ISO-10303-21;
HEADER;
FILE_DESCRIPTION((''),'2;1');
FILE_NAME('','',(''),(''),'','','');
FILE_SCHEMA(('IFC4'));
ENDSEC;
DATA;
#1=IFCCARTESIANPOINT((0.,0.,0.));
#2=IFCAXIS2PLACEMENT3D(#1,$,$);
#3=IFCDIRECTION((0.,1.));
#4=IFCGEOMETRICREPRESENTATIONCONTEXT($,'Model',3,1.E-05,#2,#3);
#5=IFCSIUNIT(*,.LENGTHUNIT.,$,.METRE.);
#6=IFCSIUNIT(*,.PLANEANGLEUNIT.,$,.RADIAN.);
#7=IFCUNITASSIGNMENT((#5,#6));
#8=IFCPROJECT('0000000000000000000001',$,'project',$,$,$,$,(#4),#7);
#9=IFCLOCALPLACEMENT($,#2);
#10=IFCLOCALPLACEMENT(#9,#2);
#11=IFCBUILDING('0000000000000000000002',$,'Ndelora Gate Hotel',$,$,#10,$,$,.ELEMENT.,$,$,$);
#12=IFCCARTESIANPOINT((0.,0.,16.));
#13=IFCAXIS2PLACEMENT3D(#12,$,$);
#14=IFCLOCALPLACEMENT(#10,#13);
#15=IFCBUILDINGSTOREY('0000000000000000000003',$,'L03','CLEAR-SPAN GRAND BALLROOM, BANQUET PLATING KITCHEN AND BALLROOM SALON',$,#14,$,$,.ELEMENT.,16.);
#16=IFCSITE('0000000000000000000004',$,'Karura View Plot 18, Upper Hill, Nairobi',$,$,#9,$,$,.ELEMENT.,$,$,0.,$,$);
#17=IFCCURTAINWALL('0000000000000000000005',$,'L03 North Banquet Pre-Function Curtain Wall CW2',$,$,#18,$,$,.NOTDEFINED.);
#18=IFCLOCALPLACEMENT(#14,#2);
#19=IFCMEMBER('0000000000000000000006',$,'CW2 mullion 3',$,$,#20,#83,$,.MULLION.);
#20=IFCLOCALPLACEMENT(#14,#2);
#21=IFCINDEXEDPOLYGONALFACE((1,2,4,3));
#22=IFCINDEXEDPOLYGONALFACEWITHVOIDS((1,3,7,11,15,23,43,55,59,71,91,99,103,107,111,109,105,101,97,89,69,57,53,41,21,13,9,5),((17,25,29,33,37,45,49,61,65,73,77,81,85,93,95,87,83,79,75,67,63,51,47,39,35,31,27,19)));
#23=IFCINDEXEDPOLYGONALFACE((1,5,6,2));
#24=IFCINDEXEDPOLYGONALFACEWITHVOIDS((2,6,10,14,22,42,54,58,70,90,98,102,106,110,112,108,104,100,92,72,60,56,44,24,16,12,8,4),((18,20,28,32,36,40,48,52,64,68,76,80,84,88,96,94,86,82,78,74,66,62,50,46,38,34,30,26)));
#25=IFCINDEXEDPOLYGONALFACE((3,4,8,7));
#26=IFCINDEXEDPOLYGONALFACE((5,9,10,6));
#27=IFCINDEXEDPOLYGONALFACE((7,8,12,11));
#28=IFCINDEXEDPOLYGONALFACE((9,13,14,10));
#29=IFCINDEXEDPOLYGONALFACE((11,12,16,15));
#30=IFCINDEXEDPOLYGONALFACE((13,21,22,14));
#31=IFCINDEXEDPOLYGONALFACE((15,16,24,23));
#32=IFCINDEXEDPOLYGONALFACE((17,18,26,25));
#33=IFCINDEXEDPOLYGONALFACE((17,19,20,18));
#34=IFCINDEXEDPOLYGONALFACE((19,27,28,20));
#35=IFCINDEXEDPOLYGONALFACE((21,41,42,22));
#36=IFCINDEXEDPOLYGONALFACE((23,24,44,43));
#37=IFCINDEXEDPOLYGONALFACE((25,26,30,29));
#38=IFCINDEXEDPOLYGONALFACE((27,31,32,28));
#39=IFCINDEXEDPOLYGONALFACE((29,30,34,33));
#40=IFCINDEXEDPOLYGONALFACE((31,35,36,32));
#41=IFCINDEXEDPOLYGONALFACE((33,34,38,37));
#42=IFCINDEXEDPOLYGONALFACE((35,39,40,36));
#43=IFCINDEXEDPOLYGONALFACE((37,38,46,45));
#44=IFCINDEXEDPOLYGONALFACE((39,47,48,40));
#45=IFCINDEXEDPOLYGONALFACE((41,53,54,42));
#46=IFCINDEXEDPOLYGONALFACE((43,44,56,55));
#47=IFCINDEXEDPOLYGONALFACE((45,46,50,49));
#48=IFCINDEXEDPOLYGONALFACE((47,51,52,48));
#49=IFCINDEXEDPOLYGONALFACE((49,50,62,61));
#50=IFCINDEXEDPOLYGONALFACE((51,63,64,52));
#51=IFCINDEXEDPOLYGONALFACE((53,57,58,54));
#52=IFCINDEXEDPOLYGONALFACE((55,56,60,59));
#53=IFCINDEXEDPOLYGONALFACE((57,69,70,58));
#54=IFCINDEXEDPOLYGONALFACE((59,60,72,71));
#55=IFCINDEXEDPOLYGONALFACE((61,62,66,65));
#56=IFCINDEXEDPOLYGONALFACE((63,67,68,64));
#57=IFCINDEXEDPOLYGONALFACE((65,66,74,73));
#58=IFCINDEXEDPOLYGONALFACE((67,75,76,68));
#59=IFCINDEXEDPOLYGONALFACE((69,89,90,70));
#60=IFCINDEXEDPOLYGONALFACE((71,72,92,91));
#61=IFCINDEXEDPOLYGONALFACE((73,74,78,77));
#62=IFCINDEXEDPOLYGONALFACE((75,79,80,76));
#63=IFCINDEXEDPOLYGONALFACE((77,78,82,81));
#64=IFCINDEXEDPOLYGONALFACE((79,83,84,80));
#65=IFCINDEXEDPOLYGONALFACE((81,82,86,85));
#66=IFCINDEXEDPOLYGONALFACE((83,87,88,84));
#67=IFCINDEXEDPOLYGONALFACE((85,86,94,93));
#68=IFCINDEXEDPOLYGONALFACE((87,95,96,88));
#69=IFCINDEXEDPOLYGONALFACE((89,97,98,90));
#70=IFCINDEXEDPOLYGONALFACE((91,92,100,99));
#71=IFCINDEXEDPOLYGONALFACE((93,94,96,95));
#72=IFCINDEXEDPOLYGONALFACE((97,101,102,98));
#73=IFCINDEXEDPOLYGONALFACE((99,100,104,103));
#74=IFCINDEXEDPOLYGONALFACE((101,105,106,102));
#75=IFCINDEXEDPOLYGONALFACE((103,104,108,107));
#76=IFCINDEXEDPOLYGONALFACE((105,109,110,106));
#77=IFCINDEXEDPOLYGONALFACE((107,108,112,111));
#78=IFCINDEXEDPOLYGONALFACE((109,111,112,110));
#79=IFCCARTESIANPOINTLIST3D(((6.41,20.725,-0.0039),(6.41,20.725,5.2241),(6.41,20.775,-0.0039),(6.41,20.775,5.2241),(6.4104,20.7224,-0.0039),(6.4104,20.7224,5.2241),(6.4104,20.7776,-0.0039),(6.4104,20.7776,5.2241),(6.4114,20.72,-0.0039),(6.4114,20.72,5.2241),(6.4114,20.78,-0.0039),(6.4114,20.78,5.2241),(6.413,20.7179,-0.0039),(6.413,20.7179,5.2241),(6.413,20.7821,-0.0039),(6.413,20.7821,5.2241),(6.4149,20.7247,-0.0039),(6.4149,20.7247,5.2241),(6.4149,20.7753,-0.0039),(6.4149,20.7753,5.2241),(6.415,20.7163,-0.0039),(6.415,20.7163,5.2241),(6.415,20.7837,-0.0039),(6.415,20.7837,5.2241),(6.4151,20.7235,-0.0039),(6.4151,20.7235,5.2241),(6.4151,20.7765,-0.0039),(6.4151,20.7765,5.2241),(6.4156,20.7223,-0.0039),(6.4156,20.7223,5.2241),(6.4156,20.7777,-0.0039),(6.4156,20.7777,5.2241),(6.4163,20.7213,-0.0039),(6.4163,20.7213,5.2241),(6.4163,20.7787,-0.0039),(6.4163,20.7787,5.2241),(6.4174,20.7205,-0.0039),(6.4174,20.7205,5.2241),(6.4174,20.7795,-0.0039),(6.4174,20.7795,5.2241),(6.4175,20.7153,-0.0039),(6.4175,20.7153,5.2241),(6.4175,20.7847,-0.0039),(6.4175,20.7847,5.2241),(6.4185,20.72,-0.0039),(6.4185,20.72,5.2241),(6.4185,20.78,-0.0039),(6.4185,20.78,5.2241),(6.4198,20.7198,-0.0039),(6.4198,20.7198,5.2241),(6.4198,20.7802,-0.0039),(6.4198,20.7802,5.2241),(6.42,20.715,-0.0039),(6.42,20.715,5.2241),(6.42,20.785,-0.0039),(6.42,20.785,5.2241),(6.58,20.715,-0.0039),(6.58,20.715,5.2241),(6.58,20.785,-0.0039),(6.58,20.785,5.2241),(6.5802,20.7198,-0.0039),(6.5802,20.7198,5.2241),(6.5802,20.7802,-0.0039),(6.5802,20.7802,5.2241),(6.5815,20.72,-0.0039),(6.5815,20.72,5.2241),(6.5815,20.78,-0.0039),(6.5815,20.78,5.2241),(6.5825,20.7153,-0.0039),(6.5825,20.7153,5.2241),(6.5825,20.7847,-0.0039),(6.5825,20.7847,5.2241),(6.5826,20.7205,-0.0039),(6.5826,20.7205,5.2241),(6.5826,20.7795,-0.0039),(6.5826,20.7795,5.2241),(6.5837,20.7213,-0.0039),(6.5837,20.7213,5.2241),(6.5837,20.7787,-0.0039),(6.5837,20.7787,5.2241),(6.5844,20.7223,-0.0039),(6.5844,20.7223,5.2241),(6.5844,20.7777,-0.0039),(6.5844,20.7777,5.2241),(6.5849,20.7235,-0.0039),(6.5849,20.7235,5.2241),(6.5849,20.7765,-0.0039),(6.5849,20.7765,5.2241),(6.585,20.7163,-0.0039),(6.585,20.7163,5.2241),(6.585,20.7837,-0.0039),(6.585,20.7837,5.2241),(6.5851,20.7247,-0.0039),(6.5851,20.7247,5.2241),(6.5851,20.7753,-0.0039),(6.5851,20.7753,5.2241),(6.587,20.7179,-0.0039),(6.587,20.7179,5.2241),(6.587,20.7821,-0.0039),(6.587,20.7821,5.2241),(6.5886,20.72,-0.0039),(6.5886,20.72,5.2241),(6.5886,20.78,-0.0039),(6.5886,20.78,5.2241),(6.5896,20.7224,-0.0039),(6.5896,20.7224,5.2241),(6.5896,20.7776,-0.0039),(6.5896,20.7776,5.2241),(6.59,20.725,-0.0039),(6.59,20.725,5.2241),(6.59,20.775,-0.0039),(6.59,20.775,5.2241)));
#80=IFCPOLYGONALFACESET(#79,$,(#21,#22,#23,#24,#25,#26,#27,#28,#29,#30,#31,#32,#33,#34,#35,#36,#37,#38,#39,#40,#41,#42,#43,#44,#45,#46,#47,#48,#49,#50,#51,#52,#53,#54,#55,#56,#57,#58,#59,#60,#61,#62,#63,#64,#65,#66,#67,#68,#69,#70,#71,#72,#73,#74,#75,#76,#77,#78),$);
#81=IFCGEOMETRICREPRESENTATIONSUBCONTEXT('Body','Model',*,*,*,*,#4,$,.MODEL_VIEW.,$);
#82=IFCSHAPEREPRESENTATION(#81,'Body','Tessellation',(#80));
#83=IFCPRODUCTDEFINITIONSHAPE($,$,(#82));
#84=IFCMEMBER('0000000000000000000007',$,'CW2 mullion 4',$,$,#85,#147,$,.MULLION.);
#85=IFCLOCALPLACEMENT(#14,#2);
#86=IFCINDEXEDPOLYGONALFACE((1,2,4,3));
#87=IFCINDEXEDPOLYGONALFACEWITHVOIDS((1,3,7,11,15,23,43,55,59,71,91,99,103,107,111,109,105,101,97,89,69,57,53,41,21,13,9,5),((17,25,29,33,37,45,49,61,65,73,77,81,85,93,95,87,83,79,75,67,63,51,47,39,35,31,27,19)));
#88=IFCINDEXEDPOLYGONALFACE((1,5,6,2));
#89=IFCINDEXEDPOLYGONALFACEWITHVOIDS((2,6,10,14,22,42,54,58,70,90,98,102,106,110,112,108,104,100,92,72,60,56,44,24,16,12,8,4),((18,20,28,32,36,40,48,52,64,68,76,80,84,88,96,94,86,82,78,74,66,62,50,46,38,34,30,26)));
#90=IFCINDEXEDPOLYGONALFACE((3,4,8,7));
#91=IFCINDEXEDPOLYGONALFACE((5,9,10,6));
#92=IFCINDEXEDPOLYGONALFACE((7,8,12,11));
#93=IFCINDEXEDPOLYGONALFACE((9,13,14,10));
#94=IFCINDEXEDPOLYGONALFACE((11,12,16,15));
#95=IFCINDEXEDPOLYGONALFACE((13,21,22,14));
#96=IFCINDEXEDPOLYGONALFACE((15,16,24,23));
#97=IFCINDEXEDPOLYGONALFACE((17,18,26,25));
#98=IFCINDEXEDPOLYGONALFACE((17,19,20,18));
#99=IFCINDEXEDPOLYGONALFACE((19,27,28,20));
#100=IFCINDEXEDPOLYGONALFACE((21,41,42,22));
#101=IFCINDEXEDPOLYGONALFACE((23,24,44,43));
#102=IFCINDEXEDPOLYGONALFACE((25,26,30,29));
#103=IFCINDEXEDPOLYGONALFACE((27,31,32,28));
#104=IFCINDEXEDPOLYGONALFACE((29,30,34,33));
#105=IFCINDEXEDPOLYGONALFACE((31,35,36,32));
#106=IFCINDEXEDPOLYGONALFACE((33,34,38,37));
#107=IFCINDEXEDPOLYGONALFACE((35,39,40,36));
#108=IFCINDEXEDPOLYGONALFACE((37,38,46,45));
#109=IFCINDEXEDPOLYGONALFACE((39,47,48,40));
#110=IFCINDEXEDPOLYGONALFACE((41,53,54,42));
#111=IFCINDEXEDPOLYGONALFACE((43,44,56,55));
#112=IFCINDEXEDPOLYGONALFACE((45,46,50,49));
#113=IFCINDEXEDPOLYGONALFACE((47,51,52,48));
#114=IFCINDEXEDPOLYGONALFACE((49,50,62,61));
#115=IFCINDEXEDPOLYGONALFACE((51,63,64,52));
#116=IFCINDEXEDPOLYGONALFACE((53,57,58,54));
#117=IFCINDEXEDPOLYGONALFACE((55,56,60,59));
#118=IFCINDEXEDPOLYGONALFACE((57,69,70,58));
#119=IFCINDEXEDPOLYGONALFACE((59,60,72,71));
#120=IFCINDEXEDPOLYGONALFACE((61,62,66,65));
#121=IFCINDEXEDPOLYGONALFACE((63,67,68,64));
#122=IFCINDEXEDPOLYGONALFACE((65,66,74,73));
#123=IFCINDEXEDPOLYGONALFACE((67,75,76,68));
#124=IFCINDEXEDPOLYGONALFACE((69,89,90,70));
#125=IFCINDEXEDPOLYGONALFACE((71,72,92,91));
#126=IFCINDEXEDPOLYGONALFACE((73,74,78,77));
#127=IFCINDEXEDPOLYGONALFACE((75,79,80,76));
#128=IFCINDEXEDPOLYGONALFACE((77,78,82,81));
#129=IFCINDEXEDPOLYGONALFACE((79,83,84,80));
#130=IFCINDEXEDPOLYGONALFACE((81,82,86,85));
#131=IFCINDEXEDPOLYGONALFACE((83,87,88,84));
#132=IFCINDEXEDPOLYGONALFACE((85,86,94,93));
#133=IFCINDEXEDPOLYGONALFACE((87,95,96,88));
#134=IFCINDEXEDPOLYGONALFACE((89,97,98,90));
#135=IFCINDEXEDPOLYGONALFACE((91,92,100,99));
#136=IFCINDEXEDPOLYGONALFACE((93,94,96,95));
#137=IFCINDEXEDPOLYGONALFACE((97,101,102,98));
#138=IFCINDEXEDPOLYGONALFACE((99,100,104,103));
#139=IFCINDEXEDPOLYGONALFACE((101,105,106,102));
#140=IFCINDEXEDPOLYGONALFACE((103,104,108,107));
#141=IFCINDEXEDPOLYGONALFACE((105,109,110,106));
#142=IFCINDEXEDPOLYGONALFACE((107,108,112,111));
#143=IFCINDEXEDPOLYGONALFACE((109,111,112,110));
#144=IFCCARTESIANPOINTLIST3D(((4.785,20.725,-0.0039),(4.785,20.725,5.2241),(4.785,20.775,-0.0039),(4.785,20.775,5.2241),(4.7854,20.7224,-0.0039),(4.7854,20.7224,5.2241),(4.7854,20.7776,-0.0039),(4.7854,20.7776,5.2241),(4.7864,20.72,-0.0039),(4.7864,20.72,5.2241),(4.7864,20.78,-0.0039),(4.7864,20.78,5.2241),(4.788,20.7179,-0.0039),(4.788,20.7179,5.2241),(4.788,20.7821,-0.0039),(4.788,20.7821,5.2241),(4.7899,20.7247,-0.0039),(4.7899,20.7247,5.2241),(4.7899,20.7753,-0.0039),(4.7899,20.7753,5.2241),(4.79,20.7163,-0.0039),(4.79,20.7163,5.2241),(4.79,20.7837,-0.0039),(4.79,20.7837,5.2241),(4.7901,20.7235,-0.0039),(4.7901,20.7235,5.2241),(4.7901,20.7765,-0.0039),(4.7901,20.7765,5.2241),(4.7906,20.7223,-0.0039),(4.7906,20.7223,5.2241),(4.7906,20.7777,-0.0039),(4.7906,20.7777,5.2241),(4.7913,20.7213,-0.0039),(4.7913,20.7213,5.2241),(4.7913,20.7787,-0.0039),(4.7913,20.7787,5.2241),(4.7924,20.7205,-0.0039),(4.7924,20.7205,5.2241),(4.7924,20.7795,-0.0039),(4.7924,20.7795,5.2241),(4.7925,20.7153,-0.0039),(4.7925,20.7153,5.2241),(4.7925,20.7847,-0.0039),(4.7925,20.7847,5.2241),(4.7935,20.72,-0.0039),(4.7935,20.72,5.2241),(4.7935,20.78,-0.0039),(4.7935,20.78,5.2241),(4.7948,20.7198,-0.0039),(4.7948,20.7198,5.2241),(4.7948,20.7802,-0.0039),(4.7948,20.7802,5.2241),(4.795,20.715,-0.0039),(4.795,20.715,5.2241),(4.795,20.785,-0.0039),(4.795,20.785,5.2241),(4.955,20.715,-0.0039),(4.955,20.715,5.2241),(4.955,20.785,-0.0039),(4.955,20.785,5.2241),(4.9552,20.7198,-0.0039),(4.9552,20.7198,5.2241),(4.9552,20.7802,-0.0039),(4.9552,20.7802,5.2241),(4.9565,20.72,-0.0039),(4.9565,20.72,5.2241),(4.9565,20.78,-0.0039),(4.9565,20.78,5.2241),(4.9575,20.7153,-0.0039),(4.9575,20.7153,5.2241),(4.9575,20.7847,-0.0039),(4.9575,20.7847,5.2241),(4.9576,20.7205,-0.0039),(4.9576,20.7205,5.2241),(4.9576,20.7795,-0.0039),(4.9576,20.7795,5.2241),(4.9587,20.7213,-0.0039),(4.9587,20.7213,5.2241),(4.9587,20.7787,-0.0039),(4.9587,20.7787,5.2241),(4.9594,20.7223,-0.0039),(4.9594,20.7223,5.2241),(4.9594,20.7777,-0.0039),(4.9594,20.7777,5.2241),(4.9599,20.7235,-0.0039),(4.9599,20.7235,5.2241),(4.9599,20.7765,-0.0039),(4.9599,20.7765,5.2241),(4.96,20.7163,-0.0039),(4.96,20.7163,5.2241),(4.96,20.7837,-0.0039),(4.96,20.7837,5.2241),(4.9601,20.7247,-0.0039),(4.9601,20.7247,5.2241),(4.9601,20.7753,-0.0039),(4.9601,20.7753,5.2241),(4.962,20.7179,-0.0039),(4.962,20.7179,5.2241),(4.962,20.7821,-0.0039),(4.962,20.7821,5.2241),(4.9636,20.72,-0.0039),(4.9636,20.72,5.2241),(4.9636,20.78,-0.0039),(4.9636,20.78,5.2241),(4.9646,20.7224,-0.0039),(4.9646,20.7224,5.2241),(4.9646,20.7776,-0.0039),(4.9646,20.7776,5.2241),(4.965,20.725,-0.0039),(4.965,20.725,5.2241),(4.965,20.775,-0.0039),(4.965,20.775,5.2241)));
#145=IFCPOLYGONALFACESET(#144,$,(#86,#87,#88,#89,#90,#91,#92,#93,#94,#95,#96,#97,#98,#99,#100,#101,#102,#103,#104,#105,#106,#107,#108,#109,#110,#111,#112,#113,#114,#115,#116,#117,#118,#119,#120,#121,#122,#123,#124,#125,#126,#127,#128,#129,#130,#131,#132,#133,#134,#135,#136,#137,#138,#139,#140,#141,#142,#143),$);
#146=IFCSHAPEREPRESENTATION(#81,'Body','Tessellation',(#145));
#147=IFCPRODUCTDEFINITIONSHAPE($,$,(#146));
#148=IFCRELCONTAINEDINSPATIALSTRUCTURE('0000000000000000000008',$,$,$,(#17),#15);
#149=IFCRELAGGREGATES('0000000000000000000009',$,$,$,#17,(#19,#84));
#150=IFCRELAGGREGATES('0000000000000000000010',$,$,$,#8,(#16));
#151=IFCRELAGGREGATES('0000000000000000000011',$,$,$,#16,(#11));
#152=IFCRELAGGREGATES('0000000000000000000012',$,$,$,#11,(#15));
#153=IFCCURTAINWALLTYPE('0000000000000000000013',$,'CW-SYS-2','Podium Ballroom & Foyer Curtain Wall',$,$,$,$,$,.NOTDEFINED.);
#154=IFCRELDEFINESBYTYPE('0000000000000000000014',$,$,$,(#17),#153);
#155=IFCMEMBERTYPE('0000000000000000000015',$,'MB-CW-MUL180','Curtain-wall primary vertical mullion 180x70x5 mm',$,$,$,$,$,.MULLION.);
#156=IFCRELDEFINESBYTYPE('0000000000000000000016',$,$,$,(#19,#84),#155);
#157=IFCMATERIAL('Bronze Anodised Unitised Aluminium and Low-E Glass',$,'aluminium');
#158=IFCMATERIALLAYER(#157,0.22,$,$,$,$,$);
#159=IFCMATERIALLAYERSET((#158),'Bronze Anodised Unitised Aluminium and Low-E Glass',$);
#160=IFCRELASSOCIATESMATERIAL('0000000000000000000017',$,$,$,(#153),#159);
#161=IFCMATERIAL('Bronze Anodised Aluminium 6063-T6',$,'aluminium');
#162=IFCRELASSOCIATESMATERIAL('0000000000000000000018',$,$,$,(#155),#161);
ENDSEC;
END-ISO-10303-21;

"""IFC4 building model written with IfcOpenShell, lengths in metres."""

from ifc_helpers import new_model, si_unit, direction, frame, origin, origin_2d, place, context, subcontext, project, spatial, hollow_rectangle, extrude, material, layer, layer_set, material_profile, profile_set, type_object, element, aggregate, save


model = new_model("IFC4")

# Units and contexts
model_context = context("Model", 3, precision=1e-05, world=origin(), true_north=direction((0.0, 1.0)))
body_context = subcontext(model_context, "Body", "Model", "MODEL_VIEW")
ifc_project = project(units=[si_unit("LENGTHUNIT", "METRE"), si_unit("PLANEANGLEUNIT", "RADIAN")], contexts=[model_context])

# Site, building, storey
site_placement = place(None, origin())
site = spatial("IfcSite", under=ifc_project, at=site_placement, Name="Karura View Plot 18, Upper Hill, Nairobi", CompositionType="ELEMENT", RefElevation=0.0)
building_placement = place(site_placement, origin())
building = spatial("IfcBuilding", under=site, at=building_placement, Name="Ndelora Gate Hotel", CompositionType="ELEMENT")
storey_placement = place(building_placement, frame((0.0, 0.0, 16.0)))
storey = spatial("IfcBuildingStorey", under=building, at=storey_placement, Name="L03", Description="CLEAR-SPAN GRAND BALLROOM, BANQUET PLATING KITCHEN AND BALLROOM SALON", CompositionType="ELEMENT", Elevation=16.0)

# Curtain wall, members
ifc_material_1 = material(Name="Bronze Anodised Unitised Aluminium and Low-E Glass", Category="aluminium")
ifc_layer_1 = layer(ifc_material_1, 0.22)
ifc_layer_set_1 = layer_set([ifc_layer_1], Name="Bronze Anodised Unitised Aluminium and Low-E Glass")
curtain_wall_type = type_object("IfcCurtainWallType", Name="CW-SYS-2", Description="Podium Ballroom & Foyer Curtain Wall", PredefinedType="NOTDEFINED", material=ifc_layer_set_1)
curtain_wall_placement = place(storey_placement, origin())
curtain_wall = element("IfcCurtainWall", 1, at=curtain_wall_placement, inside=storey, type_object=curtain_wall_type, Name="L03 North Banquet Pre-Function Curtain Wall CW2", PredefinedType="NOTDEFINED")
ifc_material_2 = material(Name="Bronze Anodised Aluminium 6063-T6", Category="aluminium")
ifc_material_profile_1 = material_profile(ifc_material_2, hollow_rectangle(XDim=0.0701, YDim=0.1799, WallThickness=0.0049, InnerFilletRadius=0.0049, OuterFilletRadius=0.01, at=origin_2d()), Name="ALU 180x70x5")
ifc_profile_set_1 = profile_set([ifc_material_profile_1], Name="Bronze Anodised Aluminium 6063-T6")
member_type_1 = type_object("IfcMemberType", Name="MB-CW-MUL180", Description="Curtain-wall primary vertical mullion 180x70x5 mm", PredefinedType="MULLION", material=ifc_profile_set_1)
member_1_placement = place(storey_placement, frame((6.5, 20.75, -0.0039), z_axis=(0.0, 0.0, 1.0), x_axis=(0.0, -1.0, 0.0)))
member_1 = element("IfcMember", 2, at=member_1_placement, type_object=member_type_1, Name="CW2 mullion 3", PredefinedType="MULLION", context=body_context, shape_type="SweptSolid", body=[
    extrude(hollow_rectangle(XDim=0.0701, YDim=0.1799, WallThickness=0.0049, InnerFilletRadius=0.0049, OuterFilletRadius=0.01, at=origin_2d()), origin(), (0.0, 0.0, 1.0), 5.228),
])
member_2_placement = place(storey_placement, frame((4.875, 20.75, -0.0039), z_axis=(0.0, 0.0, 1.0), x_axis=(0.0, -1.0, 0.0)))
member_2 = element("IfcMember", 3, at=member_2_placement, type_object=member_type_1, Name="CW2 mullion 4", PredefinedType="MULLION", context=body_context, shape_type="SweptSolid", body=[
    extrude(hollow_rectangle(XDim=0.0701, YDim=0.1799, WallThickness=0.0049, InnerFilletRadius=0.0049, OuterFilletRadius=0.01, at=origin_2d()), origin(), (0.0, 0.0, 1.0), 5.228),
])
aggregate(curtain_wall, [member_1, member_2])

save(model, "model.ifc")
